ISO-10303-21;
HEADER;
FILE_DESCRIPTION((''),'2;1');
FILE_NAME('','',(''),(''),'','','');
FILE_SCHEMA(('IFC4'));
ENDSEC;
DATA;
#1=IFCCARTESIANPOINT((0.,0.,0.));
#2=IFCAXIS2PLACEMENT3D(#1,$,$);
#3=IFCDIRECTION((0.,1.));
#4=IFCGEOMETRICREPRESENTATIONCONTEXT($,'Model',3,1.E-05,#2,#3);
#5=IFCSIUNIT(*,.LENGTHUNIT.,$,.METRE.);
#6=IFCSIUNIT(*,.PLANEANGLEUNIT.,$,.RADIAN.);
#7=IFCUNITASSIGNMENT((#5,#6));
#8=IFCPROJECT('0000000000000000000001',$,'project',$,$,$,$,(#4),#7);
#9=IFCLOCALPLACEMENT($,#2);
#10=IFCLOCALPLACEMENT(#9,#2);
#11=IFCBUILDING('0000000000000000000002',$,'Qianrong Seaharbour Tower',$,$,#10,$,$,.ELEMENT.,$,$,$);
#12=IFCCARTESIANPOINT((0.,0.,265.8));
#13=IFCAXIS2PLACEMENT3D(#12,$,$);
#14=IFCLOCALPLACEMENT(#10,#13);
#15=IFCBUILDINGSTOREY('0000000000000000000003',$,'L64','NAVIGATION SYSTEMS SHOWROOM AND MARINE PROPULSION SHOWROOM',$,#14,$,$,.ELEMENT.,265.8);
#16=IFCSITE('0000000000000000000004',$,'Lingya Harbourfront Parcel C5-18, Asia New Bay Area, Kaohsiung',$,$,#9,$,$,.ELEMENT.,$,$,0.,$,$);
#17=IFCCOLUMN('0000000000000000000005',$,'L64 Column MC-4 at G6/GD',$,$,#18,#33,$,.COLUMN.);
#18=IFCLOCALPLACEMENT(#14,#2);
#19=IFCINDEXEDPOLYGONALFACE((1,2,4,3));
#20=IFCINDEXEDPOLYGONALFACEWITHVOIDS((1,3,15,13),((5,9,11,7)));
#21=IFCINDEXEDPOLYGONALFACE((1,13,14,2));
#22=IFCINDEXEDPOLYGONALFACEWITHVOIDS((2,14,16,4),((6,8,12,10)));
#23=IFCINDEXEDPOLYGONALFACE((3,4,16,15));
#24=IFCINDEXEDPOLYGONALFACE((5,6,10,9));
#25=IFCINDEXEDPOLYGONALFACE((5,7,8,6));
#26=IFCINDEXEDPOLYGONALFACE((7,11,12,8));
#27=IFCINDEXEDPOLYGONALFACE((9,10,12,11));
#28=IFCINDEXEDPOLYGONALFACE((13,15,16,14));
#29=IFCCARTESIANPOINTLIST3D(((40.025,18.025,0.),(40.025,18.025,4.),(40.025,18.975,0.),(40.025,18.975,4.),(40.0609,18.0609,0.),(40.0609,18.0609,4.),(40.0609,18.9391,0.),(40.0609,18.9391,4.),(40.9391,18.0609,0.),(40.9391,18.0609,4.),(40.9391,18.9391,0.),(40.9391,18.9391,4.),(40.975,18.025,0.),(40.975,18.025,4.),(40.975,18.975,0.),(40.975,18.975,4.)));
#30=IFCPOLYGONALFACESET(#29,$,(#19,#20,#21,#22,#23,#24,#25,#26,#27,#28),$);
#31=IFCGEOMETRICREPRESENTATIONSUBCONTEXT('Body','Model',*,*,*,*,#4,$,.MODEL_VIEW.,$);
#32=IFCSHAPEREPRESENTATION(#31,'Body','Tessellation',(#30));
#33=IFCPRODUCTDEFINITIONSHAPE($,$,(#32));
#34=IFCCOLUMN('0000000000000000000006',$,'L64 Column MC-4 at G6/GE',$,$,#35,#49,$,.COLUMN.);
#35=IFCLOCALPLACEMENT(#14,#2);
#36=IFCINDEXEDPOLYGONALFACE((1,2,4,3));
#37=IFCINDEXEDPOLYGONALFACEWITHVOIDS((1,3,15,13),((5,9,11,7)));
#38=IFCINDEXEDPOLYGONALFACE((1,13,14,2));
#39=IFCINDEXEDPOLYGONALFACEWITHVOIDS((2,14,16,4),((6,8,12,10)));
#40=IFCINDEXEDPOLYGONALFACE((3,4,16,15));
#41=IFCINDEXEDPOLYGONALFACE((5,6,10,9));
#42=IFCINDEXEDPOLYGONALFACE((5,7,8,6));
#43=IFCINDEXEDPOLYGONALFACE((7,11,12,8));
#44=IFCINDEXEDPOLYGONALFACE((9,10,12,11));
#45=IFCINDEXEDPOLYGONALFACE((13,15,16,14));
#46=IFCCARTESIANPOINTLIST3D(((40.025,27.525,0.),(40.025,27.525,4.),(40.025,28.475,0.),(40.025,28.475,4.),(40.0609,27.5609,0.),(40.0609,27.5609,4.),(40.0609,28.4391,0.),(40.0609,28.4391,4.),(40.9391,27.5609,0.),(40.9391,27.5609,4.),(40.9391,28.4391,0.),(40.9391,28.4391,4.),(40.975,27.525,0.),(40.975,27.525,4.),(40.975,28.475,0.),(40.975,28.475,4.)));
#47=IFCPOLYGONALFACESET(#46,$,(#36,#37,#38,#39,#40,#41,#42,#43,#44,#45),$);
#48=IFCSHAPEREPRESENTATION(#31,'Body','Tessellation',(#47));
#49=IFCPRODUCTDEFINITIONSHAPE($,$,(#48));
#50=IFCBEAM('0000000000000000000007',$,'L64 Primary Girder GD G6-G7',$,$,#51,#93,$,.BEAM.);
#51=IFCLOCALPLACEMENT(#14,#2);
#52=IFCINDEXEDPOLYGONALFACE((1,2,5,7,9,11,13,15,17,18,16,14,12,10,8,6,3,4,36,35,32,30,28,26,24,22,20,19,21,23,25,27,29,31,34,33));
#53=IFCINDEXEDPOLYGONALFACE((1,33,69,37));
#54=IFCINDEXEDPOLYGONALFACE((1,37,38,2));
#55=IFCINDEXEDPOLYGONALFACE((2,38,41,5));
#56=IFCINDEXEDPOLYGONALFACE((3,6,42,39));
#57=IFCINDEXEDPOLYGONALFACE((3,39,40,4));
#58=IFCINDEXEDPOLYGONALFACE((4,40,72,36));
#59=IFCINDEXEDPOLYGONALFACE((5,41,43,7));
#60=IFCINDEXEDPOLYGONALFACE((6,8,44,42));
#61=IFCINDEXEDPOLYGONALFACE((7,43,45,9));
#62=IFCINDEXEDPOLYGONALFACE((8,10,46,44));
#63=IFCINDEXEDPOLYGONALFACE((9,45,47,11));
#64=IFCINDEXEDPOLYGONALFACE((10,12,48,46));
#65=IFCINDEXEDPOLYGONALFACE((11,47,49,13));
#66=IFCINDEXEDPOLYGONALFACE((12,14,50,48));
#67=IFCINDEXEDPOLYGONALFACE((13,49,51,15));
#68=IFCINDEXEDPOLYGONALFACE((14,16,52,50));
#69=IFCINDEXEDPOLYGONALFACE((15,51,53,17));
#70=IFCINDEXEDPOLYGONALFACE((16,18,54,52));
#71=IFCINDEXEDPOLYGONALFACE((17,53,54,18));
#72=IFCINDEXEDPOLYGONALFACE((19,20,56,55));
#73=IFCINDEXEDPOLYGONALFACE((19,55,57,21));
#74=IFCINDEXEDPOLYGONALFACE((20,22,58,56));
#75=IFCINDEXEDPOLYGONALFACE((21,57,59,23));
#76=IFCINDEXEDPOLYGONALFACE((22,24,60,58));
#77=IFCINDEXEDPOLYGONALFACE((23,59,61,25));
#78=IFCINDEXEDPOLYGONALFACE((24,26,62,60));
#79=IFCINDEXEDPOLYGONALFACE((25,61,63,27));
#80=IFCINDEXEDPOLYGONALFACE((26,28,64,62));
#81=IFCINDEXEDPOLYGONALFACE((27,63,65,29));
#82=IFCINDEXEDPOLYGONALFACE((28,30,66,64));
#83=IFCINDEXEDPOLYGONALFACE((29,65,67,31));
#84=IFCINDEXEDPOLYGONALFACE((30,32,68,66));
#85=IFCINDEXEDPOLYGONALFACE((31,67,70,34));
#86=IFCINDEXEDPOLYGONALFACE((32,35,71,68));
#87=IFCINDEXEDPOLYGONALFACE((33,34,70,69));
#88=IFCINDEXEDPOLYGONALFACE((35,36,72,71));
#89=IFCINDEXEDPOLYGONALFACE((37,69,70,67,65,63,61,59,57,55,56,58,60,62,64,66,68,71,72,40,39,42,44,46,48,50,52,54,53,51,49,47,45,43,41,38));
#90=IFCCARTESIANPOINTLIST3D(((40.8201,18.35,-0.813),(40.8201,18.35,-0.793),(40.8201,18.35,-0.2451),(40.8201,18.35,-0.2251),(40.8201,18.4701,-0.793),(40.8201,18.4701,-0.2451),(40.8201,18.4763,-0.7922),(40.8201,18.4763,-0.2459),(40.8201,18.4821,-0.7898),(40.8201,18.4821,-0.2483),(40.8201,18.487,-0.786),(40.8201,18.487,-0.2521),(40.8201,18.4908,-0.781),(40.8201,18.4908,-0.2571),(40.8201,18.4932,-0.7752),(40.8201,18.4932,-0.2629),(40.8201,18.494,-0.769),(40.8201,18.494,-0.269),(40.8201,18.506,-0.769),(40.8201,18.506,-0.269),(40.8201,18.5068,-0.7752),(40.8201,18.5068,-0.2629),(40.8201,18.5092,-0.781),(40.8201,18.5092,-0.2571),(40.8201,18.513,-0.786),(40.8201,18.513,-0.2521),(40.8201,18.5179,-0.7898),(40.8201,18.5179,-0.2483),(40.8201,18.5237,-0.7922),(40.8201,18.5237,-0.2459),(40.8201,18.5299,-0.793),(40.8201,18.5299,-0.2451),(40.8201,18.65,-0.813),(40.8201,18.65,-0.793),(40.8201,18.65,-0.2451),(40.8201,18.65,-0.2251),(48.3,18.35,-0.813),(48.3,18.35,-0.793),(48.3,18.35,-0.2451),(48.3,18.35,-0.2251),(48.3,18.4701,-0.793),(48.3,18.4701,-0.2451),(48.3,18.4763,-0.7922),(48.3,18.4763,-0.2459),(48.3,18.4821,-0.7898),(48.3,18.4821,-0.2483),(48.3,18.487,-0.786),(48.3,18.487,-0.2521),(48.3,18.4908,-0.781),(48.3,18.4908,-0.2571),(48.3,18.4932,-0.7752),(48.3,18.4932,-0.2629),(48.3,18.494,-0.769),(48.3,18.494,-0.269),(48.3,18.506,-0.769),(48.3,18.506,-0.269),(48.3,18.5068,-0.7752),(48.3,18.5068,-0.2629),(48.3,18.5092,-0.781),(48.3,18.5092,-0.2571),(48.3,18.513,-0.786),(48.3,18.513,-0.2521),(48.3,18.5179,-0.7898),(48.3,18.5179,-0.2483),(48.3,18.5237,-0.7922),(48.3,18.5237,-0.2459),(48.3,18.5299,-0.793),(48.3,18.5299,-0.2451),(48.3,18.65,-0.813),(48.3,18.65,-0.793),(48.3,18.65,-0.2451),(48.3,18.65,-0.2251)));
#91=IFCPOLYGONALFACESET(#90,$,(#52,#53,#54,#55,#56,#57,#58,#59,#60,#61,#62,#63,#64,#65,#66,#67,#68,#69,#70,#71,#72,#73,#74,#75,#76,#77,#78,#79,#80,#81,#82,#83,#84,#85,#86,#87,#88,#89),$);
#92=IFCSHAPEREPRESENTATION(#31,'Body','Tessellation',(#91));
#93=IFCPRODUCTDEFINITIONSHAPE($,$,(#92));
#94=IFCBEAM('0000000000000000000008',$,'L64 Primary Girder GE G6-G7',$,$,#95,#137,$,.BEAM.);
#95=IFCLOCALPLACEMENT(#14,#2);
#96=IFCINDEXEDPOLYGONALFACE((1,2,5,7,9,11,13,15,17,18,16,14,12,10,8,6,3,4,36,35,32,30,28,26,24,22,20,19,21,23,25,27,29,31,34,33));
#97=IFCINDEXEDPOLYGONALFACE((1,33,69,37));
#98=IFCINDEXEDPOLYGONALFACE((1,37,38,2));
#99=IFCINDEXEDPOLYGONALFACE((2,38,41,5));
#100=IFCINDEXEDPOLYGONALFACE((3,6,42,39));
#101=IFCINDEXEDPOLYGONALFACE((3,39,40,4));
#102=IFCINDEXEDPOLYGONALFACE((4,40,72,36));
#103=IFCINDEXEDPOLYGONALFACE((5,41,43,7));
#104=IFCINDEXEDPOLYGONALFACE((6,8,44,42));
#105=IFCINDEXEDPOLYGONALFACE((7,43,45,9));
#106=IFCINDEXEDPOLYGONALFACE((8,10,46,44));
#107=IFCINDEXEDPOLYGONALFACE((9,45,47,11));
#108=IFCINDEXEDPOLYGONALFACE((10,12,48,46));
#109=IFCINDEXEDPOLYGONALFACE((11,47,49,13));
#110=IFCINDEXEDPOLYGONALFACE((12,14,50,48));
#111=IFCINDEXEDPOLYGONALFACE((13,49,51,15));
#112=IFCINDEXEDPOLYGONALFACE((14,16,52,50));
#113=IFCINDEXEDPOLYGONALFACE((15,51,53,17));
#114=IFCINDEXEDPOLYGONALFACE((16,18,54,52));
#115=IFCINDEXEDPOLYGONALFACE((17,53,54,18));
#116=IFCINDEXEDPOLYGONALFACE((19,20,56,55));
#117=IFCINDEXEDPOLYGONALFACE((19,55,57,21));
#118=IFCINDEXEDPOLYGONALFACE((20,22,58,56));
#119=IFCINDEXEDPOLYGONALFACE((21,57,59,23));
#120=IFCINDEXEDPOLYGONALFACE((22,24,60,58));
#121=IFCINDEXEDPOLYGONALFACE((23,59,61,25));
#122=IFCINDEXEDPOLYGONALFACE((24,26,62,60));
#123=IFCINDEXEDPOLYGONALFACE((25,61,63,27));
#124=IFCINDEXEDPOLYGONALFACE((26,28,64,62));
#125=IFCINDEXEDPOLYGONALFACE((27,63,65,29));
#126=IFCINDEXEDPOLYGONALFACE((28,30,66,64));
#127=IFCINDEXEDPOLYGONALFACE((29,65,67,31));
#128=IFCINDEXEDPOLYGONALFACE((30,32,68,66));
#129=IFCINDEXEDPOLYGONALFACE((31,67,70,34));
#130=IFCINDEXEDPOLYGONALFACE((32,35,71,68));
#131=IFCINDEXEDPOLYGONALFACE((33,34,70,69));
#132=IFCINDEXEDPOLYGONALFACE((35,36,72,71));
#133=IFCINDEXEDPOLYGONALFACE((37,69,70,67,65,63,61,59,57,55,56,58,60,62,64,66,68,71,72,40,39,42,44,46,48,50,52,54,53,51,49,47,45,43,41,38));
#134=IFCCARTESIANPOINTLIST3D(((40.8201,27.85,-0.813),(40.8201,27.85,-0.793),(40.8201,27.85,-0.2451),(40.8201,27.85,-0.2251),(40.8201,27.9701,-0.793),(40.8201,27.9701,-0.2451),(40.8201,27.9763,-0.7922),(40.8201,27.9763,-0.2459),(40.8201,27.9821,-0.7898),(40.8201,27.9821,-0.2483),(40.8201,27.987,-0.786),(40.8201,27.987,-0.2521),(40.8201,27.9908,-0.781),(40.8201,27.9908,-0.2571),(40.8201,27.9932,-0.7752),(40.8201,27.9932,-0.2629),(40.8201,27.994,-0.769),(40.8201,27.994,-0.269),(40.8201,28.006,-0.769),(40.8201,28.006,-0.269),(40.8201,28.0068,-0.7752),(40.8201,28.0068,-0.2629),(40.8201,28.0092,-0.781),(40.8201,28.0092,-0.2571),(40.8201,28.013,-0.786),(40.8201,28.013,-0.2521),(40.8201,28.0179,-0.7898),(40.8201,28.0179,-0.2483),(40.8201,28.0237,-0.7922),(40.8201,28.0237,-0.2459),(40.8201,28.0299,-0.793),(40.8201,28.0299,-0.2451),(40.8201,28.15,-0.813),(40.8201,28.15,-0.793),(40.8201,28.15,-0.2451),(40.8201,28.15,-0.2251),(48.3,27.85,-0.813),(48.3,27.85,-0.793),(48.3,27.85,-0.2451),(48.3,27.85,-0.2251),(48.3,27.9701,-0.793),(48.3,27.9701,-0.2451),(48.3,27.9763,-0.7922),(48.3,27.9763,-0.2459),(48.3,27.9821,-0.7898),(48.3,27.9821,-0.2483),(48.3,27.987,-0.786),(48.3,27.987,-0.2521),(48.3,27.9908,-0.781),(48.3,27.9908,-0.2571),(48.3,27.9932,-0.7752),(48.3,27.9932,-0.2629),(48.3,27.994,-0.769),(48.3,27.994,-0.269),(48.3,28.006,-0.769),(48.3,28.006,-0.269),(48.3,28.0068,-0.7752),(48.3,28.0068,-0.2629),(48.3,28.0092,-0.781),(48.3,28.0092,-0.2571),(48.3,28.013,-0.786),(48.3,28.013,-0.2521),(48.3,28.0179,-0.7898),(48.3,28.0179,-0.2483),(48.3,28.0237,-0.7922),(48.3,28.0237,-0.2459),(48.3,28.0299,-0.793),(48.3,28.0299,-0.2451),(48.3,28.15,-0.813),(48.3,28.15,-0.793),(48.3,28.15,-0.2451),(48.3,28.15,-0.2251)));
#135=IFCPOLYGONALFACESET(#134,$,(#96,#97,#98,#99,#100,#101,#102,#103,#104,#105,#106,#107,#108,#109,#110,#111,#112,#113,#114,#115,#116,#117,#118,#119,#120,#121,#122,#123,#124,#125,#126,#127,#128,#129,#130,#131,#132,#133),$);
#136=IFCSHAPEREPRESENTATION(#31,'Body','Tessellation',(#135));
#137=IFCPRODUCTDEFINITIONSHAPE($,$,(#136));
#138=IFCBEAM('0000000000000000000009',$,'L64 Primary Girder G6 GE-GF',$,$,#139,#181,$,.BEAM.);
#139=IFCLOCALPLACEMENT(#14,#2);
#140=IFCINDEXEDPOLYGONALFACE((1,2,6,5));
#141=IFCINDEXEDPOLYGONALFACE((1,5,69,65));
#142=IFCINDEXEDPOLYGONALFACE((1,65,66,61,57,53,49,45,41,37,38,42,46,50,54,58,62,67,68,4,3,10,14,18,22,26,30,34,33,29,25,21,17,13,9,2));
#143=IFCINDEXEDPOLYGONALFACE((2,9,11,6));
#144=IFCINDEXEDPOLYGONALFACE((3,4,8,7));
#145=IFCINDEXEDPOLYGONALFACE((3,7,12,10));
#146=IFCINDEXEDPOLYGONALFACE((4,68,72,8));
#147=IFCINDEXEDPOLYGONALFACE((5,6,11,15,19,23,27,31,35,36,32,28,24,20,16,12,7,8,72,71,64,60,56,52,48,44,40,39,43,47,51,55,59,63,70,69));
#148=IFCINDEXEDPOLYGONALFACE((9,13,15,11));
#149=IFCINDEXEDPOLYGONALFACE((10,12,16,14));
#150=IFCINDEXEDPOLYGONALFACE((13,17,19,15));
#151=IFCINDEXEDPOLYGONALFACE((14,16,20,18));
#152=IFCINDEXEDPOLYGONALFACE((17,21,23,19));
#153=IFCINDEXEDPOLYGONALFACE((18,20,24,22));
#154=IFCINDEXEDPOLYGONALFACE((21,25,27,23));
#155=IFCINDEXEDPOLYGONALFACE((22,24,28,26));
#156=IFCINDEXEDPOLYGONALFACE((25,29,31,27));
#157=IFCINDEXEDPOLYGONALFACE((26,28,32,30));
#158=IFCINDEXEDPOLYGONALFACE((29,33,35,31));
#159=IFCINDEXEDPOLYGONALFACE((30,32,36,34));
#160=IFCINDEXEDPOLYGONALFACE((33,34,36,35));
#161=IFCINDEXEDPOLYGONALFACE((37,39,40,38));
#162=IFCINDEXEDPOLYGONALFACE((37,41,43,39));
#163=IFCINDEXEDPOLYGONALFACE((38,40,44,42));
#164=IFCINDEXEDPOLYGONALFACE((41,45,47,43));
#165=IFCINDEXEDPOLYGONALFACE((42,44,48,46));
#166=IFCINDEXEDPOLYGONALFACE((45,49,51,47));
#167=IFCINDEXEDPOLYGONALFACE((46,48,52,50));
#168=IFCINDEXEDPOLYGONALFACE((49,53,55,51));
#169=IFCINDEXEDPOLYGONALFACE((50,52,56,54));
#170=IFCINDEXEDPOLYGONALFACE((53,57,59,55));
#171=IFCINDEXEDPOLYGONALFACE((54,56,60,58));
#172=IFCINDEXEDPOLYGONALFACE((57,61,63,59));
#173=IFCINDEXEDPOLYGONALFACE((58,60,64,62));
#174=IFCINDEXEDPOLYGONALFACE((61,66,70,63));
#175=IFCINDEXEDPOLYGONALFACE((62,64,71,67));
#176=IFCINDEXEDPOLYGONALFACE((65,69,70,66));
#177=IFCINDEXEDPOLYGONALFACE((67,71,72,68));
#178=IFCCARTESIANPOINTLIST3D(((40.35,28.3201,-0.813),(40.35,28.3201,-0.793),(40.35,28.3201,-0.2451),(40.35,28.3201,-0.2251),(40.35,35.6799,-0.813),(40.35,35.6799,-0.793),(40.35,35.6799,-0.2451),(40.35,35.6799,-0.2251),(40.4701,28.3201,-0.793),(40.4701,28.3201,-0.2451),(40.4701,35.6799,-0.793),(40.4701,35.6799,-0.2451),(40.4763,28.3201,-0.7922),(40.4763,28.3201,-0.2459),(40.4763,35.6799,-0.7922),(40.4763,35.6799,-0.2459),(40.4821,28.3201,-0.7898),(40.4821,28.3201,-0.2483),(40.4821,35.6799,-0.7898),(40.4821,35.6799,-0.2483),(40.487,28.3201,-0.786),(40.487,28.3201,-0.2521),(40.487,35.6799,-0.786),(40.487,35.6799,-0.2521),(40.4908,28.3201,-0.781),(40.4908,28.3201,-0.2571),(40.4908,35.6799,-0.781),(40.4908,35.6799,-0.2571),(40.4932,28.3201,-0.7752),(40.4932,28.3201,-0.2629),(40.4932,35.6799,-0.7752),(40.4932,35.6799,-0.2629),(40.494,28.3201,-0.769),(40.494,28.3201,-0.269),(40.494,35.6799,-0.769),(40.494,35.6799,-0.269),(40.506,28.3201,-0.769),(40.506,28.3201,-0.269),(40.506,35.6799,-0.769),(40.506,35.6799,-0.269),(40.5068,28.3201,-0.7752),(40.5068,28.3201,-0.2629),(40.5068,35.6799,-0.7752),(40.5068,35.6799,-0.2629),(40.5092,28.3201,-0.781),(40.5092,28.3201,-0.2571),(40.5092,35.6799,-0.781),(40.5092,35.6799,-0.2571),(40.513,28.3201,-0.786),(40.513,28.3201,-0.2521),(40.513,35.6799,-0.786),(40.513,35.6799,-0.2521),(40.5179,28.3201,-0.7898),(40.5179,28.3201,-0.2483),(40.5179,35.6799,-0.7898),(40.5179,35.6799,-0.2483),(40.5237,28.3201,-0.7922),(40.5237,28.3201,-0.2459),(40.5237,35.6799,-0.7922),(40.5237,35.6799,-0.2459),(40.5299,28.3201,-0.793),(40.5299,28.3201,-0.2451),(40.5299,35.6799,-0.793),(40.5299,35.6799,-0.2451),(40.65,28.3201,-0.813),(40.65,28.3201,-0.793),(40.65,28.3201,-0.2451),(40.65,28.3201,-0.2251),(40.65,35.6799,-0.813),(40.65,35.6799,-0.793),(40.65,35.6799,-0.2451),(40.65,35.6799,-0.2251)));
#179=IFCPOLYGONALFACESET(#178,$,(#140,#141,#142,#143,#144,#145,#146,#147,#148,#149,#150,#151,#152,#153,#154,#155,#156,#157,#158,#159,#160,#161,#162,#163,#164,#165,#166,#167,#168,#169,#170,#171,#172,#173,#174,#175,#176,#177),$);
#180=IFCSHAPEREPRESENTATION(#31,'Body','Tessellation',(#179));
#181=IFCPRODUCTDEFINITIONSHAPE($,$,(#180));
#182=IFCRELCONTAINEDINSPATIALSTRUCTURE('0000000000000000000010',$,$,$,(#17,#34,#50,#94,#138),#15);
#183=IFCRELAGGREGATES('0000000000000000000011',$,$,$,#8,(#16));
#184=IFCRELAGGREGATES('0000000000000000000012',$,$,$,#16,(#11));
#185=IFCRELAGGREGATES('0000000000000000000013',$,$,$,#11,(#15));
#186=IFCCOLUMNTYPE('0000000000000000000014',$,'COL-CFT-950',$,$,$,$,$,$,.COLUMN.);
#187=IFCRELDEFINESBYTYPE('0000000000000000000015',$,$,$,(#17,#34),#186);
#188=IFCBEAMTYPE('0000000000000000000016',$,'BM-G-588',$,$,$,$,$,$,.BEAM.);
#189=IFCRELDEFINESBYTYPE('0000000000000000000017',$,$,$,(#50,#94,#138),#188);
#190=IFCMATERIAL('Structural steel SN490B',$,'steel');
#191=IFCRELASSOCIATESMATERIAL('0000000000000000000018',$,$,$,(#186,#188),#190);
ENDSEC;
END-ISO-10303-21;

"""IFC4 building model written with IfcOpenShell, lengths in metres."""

from ifc_helpers import new_model, si_unit, direction, frame, origin, origin_2d, place, context, subcontext, project, spatial, hollow_rectangle, i_section, extrude, material, material_profile, profile_set, type_object, element, save


model = new_model("IFC4")

# Units and contexts
model_context = context("Model", 3, precision=1e-05, world=origin(), true_north=direction((0.0, 1.0)))
body_context = subcontext(model_context, "Body", "Model", "MODEL_VIEW")
ifc_project = project(units=[si_unit("LENGTHUNIT", "METRE"), si_unit("PLANEANGLEUNIT", "RADIAN")], contexts=[model_context])

# Site, building, storey
site_placement = place(None, origin())
site = spatial("IfcSite", under=ifc_project, at=site_placement, Name="Lingya Harbourfront Parcel C5-18, Asia New Bay Area, Kaohsiung", CompositionType="ELEMENT", RefElevation=0.0)
building_placement = place(site_placement, origin())
building = spatial("IfcBuilding", under=site, at=building_placement, Name="Qianrong Seaharbour Tower", CompositionType="ELEMENT")
storey_placement = place(building_placement, frame((0.0, 0.0, 265.8)))
storey = spatial("IfcBuildingStorey", under=building, at=storey_placement, Name="L64", Description="NAVIGATION SYSTEMS SHOWROOM AND MARINE PROPULSION SHOWROOM", CompositionType="ELEMENT", Elevation=265.8)

# Columns
ifc_material_1 = material(Name="Structural steel SN490B", Category="steel")
ifc_material_profile_1 = material_profile(ifc_material_1, hollow_rectangle(XDim=0.95, YDim=0.95, WallThickness=0.0359, at=origin_2d()), Name="BOX950x950x36")
ifc_profile_set_1 = profile_set([ifc_material_profile_1], Name="Structural steel SN490B")
column_type = type_object("IfcColumnType", Name="COL-CFT-950", PredefinedType="COLUMN", material=ifc_profile_set_1)
for number, where, z_axis, x_axis, name in (
    (1, (40.5, 18.5, 0.0), (0.0, 0.0, 1.0), (1.0, 0.0, 0.0), "L64 Column MC-4 at G6/GD"),
    (2, (40.5, 28.0, 0.0), (0.0, 0.0, 1.0), (1.0, 0.0, 0.0), "L64 Column MC-4 at G6/GE"),
):
    element("IfcColumn", number, at=place(storey_placement, frame(where, z_axis=z_axis, x_axis=x_axis)), inside=storey, type_object=column_type, Name=name, PredefinedType="COLUMN", context=body_context, shape_type="SweptSolid", body=[
        extrude(hollow_rectangle(XDim=0.95, YDim=0.95, WallThickness=0.0359, at=origin_2d()), origin(), (0.0, 0.0, 1.0), 4.0),
    ])

# Beams
ifc_material_profile_2 = material_profile(ifc_material_1, i_section(OverallWidth=0.3, OverallDepth=0.5879, WebThickness=0.012, FlangeThickness=0.02, FilletRadius=0.0239, at=origin_2d()), Name="H588x300x12x20")
ifc_profile_set_2 = profile_set([ifc_material_profile_2], Name="Structural steel SN490B")
beam_type_1 = type_object("IfcBeamType", Name="BM-G-588", PredefinedType="BEAM", material=ifc_profile_set_2)
for number, where, z_axis, x_axis, name in (
    (3, (40.8201, 18.5, -0.519), (1.0, 0.0, 0.0), (0.0, 1.0, 0.0), "L64 Primary Girder GD G6-G7"),
    (4, (40.8201, 28.0, -0.519), (1.0, 0.0, 0.0), (0.0, 1.0, 0.0), "L64 Primary Girder GE G6-G7"),
):
    element("IfcBeam", number, at=place(storey_placement, frame(where, z_axis=z_axis, x_axis=x_axis)), inside=storey, type_object=beam_type_1, Name=name, PredefinedType="BEAM", context=body_context, shape_type="SweptSolid", body=[
        extrude(i_section(OverallWidth=0.3, OverallDepth=0.5879, WebThickness=0.012, FlangeThickness=0.02, FilletRadius=0.0239, at=origin_2d()), origin(), (0.0, 0.0, 1.0), 7.48),
    ])
beam_1_placement = place(storey_placement, frame((40.5, 28.3201, -0.519), z_axis=(0.0, 1.0, 0.0), x_axis=(-1.0, 0.0, 0.0)))
element("IfcBeam", 5, at=beam_1_placement, inside=storey, type_object=beam_type_1, Name="L64 Primary Girder G6 GE-GF", PredefinedType="BEAM", context=body_context, shape_type="SweptSolid", body=[
    extrude(i_section(OverallWidth=0.3, OverallDepth=0.5879, WebThickness=0.012, FlangeThickness=0.02, FilletRadius=0.0239, at=origin_2d()), origin(), (0.0, 0.0, 1.0), 7.3599),
])

save(model, "model.ifc")
